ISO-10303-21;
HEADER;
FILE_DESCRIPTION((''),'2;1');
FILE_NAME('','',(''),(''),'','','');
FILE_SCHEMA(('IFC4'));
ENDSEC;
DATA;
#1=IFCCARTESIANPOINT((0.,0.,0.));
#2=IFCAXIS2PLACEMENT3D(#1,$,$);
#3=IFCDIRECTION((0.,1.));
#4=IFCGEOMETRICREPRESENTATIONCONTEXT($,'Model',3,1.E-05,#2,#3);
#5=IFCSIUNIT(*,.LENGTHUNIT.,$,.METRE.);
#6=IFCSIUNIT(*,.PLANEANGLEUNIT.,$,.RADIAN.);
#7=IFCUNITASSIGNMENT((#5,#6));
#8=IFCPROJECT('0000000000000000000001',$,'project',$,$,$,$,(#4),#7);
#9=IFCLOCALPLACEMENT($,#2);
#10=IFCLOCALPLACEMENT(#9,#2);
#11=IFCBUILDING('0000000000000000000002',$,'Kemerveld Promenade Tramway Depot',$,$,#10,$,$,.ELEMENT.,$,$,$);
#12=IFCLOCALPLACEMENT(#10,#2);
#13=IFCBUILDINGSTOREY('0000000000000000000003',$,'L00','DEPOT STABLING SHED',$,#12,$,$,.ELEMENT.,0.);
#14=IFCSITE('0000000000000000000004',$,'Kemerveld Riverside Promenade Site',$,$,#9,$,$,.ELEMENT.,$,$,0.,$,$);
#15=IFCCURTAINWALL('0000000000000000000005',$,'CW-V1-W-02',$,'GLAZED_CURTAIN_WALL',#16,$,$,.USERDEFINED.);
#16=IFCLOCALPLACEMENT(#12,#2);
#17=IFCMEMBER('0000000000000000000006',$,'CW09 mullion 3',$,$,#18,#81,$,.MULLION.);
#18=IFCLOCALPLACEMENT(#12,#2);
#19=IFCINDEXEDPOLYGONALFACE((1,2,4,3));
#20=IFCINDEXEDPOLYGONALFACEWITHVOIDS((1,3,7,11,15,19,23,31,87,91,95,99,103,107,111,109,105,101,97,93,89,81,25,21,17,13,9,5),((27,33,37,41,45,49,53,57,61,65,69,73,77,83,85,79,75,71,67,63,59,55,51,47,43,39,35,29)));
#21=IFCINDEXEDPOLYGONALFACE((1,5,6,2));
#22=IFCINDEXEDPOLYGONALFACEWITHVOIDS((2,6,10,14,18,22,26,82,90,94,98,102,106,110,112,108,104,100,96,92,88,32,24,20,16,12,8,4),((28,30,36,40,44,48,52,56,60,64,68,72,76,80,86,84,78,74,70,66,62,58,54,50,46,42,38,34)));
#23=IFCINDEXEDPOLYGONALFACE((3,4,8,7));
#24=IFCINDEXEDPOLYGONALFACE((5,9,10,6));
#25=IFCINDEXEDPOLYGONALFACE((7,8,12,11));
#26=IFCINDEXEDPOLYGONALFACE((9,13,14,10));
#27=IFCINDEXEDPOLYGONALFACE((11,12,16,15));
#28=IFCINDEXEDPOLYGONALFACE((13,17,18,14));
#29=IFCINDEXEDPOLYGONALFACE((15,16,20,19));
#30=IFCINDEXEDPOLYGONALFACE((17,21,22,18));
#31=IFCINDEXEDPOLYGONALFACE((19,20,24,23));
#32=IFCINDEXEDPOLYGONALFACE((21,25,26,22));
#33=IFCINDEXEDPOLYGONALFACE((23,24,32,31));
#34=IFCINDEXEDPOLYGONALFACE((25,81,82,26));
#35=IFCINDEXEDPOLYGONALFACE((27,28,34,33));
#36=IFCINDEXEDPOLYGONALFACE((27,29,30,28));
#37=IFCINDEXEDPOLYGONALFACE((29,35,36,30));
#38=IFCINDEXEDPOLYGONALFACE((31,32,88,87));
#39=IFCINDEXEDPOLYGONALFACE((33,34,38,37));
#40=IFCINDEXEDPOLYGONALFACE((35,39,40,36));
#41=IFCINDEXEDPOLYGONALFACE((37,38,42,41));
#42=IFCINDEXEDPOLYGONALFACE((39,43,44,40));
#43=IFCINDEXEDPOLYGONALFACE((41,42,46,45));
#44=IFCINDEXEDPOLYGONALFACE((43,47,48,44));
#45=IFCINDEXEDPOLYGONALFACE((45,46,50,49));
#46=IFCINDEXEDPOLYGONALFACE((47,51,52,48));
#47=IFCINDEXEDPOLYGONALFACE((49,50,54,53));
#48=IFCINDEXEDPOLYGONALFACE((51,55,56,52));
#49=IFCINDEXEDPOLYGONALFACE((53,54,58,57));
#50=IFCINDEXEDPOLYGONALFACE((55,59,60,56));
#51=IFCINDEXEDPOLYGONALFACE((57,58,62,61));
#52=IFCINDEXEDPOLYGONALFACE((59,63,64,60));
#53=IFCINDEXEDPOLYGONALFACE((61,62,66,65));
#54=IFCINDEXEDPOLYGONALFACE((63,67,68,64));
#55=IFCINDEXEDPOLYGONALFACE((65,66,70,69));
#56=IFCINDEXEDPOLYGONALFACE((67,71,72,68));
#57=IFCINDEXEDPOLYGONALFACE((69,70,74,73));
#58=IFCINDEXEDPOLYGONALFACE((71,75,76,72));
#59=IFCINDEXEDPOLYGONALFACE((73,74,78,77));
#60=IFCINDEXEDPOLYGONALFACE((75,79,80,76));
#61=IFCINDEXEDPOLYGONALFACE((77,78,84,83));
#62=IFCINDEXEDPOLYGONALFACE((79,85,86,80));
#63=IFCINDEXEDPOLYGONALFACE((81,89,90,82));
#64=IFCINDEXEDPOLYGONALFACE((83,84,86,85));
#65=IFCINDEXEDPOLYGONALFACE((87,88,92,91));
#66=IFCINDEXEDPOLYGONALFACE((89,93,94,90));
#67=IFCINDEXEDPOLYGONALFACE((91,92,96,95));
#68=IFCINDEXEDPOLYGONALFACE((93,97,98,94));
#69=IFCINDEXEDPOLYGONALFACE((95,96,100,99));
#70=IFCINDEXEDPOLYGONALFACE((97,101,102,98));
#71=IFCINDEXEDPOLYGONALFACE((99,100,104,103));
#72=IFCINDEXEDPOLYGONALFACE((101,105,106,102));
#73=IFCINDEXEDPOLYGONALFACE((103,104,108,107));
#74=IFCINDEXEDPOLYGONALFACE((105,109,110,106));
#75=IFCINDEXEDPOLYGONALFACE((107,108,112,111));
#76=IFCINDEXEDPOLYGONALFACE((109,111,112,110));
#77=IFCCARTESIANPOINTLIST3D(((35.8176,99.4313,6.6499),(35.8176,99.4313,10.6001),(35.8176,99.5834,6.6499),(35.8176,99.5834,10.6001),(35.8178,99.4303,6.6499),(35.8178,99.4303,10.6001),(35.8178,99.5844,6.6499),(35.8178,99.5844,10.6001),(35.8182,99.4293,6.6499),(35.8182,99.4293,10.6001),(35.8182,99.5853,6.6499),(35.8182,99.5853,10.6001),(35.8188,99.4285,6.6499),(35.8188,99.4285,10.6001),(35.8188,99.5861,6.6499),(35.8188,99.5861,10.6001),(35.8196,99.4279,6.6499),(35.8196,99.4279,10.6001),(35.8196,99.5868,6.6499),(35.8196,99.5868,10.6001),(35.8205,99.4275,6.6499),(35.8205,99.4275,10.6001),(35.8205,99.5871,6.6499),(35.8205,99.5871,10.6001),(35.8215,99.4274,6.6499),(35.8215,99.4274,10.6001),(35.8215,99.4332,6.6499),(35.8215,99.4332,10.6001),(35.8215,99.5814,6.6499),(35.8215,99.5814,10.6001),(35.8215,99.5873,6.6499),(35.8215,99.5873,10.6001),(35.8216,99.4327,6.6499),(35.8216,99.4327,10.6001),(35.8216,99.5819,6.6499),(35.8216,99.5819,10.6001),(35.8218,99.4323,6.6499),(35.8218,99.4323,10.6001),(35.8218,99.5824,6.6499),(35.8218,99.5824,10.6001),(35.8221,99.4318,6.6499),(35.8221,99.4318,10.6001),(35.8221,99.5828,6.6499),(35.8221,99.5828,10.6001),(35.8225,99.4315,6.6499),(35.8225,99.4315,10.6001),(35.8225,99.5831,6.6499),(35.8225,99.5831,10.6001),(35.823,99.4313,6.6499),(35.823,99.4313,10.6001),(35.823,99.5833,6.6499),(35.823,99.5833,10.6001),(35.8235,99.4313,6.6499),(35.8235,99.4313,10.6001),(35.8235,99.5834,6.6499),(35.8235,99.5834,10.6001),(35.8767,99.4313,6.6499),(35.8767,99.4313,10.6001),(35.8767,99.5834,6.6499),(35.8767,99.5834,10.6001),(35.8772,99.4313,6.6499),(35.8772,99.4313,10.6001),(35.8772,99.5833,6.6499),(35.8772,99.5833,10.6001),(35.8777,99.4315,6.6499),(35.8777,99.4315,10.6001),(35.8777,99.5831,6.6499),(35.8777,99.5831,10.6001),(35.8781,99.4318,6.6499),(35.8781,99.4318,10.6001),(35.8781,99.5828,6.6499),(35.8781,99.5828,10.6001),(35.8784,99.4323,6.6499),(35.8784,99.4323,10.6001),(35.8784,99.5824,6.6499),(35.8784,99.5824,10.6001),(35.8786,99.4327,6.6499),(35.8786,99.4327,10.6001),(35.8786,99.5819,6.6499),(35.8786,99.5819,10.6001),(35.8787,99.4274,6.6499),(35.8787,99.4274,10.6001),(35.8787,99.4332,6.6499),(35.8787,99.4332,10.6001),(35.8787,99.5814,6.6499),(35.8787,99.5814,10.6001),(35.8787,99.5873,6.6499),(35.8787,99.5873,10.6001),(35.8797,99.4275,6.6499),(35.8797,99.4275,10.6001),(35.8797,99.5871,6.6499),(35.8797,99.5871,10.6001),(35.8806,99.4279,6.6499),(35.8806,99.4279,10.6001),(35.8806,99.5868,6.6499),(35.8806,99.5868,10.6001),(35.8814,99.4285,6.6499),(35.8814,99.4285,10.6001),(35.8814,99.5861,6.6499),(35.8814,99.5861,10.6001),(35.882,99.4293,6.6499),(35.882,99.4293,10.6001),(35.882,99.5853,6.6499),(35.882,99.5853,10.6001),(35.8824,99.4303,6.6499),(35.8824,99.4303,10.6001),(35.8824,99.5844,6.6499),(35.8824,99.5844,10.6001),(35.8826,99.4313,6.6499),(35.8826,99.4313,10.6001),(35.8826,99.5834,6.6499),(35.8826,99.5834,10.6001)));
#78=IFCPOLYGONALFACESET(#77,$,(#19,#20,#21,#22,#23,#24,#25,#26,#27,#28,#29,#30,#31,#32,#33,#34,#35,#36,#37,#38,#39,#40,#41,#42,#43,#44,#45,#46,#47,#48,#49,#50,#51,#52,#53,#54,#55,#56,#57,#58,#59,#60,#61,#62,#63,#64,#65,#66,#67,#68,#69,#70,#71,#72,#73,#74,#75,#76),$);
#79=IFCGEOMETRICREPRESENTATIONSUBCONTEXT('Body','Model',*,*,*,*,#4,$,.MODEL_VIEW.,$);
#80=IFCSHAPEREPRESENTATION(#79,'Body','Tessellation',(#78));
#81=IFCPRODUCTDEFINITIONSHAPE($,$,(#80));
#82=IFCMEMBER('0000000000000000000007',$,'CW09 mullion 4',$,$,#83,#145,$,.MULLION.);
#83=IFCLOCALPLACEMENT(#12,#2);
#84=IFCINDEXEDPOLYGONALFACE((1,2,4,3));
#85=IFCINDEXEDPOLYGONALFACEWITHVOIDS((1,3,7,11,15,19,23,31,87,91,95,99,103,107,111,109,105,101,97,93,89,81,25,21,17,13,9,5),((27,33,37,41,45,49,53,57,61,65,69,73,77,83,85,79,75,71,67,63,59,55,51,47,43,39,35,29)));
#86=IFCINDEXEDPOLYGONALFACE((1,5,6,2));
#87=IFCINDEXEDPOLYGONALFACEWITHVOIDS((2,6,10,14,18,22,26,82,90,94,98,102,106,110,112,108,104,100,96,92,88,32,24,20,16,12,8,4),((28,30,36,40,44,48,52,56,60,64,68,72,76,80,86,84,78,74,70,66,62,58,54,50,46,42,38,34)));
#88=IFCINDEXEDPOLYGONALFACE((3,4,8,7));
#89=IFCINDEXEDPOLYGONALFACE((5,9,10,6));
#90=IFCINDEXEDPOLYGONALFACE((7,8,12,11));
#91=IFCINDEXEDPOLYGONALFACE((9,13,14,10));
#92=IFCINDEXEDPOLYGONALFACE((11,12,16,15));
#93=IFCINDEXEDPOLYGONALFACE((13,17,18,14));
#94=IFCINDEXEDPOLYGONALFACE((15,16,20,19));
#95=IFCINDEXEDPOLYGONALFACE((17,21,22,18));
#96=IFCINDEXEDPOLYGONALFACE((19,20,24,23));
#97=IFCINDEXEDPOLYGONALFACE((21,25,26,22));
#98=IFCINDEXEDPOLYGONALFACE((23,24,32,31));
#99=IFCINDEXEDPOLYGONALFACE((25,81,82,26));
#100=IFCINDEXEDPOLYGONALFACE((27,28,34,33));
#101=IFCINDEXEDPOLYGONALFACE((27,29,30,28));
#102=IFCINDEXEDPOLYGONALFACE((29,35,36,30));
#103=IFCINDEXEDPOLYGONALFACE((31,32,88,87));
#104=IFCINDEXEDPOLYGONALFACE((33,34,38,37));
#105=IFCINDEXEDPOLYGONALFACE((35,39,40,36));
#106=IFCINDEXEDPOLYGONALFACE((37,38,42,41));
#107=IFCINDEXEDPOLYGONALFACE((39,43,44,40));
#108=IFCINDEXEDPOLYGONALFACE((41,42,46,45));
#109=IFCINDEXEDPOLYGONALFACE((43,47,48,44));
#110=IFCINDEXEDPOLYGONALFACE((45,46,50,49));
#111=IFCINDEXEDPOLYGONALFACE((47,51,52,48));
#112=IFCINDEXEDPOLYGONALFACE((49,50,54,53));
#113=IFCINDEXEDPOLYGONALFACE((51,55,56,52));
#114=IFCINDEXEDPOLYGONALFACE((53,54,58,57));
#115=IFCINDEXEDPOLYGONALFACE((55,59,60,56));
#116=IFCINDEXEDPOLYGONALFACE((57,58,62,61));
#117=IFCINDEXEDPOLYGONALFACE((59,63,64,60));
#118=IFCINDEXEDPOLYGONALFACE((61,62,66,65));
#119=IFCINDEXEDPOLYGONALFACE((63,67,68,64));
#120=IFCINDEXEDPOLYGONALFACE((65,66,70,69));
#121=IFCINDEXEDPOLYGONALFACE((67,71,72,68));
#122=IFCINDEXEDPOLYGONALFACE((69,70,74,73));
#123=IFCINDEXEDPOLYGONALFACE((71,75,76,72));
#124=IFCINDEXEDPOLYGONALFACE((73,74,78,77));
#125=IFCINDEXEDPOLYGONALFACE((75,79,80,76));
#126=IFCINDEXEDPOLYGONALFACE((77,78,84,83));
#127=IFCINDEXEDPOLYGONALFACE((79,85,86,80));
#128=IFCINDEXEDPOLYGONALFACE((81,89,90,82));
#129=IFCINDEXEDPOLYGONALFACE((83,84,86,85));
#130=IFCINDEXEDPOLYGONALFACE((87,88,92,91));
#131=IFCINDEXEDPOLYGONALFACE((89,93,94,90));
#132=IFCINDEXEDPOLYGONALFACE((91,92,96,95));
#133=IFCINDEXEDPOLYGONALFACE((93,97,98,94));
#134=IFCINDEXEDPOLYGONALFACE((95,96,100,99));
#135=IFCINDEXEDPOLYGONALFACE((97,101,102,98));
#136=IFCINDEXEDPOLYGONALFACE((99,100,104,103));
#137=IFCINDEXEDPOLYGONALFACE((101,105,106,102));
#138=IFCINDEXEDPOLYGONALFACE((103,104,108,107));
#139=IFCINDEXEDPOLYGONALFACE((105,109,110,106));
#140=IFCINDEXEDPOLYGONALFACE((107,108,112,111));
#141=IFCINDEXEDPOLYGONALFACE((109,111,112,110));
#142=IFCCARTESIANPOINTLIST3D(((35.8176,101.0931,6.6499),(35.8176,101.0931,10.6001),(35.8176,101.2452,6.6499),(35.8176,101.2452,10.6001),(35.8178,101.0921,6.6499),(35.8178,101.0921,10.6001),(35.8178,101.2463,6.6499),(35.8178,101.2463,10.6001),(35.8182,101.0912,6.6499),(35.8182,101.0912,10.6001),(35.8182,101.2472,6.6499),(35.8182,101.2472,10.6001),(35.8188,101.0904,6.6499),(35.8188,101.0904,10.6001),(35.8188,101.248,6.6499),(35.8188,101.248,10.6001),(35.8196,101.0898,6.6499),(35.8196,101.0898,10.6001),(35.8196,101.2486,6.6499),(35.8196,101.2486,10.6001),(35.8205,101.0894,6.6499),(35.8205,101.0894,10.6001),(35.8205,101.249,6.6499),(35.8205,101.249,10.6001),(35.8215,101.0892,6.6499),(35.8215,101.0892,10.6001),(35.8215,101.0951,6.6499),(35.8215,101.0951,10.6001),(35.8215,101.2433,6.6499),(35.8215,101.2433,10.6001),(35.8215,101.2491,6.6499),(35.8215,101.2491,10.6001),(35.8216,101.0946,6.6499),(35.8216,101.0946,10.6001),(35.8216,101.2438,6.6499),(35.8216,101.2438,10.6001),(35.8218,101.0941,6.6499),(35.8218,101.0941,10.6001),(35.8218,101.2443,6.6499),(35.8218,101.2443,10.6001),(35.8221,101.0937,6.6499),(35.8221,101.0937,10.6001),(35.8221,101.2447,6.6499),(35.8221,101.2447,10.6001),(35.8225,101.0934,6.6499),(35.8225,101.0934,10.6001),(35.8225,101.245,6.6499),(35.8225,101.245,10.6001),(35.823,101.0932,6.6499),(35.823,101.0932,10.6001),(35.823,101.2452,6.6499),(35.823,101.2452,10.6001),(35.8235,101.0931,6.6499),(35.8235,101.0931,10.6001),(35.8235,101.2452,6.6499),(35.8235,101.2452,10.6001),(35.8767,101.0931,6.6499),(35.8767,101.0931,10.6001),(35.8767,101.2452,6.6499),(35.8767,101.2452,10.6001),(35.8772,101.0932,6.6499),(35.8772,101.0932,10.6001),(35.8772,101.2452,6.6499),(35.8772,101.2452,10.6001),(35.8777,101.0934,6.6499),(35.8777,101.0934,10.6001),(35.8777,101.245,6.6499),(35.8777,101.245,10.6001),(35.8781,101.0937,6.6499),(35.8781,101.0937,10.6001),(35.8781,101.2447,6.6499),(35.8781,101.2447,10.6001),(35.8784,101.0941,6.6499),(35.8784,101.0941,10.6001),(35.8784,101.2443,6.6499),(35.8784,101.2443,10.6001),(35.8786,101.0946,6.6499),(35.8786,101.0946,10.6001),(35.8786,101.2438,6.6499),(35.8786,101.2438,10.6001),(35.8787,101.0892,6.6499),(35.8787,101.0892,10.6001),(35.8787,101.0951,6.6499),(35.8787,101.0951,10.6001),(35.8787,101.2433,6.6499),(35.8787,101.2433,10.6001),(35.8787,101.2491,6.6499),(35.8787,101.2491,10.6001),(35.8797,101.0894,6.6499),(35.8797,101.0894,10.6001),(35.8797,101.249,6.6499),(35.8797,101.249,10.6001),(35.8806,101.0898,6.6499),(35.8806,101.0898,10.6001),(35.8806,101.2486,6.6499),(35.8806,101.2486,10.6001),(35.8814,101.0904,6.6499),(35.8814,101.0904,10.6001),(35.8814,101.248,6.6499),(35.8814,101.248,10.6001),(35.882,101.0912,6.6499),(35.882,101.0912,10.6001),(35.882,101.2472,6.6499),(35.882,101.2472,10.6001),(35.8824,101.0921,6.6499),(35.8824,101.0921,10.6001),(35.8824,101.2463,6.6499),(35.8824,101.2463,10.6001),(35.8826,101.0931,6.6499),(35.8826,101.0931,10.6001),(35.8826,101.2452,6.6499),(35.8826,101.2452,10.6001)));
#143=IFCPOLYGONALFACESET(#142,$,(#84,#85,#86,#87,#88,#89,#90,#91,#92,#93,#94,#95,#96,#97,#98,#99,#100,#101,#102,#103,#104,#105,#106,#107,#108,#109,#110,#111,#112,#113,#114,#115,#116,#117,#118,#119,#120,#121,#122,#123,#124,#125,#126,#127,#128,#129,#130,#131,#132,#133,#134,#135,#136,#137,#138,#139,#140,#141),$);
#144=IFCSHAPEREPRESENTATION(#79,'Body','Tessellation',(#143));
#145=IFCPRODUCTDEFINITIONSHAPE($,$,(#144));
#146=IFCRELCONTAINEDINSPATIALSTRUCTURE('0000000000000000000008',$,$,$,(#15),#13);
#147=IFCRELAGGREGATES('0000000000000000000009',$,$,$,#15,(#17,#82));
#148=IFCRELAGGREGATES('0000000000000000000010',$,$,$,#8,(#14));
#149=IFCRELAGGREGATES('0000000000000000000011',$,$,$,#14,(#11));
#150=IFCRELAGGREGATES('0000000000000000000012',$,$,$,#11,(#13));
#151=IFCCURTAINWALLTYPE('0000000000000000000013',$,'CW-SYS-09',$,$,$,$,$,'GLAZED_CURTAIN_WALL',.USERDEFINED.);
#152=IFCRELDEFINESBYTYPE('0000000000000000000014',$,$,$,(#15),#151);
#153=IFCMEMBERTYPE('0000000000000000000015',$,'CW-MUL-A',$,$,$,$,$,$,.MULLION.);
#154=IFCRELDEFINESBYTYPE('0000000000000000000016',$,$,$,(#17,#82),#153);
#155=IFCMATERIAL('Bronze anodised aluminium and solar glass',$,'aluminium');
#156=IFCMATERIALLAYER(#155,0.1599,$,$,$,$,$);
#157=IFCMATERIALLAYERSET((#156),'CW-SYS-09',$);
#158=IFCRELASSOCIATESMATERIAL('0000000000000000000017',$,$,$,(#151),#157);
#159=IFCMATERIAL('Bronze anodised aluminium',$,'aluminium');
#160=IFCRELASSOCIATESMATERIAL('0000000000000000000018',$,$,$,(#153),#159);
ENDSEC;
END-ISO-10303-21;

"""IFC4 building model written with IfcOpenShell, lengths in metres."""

from ifc_helpers import new_model, si_unit, direction, frame, origin, origin_2d, place, context, subcontext, project, spatial, hollow_rectangle, extrude, material, layer, layer_set, material_profile, profile_set, type_object, element, aggregate, save


model = new_model("IFC4")

# Units and contexts
model_context = context("Model", 3, precision=1e-05, world=origin(), true_north=direction((0.0, 1.0)))
body_context = subcontext(model_context, "Body", "Model", "MODEL_VIEW")
ifc_project = project(units=[si_unit("LENGTHUNIT", "METRE"), si_unit("PLANEANGLEUNIT", "RADIAN")], contexts=[model_context])

# Site, building, storey
site_placement = place(None, origin())
site = spatial("IfcSite", under=ifc_project, at=site_placement, Name="Kemerveld Riverside Promenade Site", CompositionType="ELEMENT", RefElevation=0.0)
building_placement = place(site_placement, origin())
building = spatial("IfcBuilding", under=site, at=building_placement, Name="Kemerveld Promenade Tramway Depot", CompositionType="ELEMENT")
storey_placement = place(building_placement, origin())
storey = spatial("IfcBuildingStorey", under=building, at=storey_placement, Name="L00", Description="DEPOT STABLING SHED", CompositionType="ELEMENT", Elevation=0.0)

# Curtain wall, members
ifc_material_1 = material(Name="Bronze anodised aluminium and solar glass", Category="aluminium")
ifc_layer_1 = layer(ifc_material_1, 0.1599)
ifc_layer_set_1 = layer_set([ifc_layer_1], Name="CW-SYS-09")
curtain_wall_type_1 = type_object("IfcCurtainWallType", Name="CW-SYS-09", ElementType="GLAZED_CURTAIN_WALL", PredefinedType="USERDEFINED", material=ifc_layer_set_1)
curtain_wall_1_placement = place(storey_placement, origin())
curtain_wall_1 = element("IfcCurtainWall", 1, at=curtain_wall_1_placement, inside=storey, type_object=curtain_wall_type_1, Name="CW-V1-W-02", ObjectType="GLAZED_CURTAIN_WALL", PredefinedType="USERDEFINED")
ifc_material_2 = material(Name="Bronze anodised aluminium", Category="aluminium")
ifc_material_profile_1 = material_profile(ifc_material_2, hollow_rectangle(XDim=0.0649, YDim=0.1599, WallThickness=0.0039, InnerFilletRadius=0.002, OuterFilletRadius=0.0039, at=origin_2d()), Name="CW-MUL-160x65")
ifc_profile_set_1 = profile_set([ifc_material_profile_1], Name="Bronze anodised aluminium")
member_type_1 = type_object("IfcMemberType", Name="CW-MUL-A", PredefinedType="MULLION", material=ifc_profile_set_1)
member_1_placement = place(storey_placement, frame((35.8501, 99.5073, 6.6499), z_axis=(0.0, 0.0, 1.0), x_axis=(-1.0, 0.0, 0.0)))
member_1 = element("IfcMember", 2, at=member_1_placement, type_object=member_type_1, Name="CW09 mullion 3", PredefinedType="MULLION", context=body_context, shape_type="SweptSolid", body=[
    extrude(hollow_rectangle(XDim=0.0649, YDim=0.1599, WallThickness=0.0039, InnerFilletRadius=0.002, OuterFilletRadius=0.0039, at=origin_2d()), origin(), (0.0, 0.0, 1.0), 3.9502),
])
member_2_placement = place(storey_placement, frame((35.8501, 101.1692, 6.6499), z_axis=(0.0, 0.0, 1.0), x_axis=(-1.0, 0.0, 0.0)))
member_2 = element("IfcMember", 3, at=member_2_placement, type_object=member_type_1, Name="CW09 mullion 4", PredefinedType="MULLION", context=body_context, shape_type="SweptSolid", body=[
    extrude(hollow_rectangle(XDim=0.0649, YDim=0.1599, WallThickness=0.0039, InnerFilletRadius=0.002, OuterFilletRadius=0.0039, at=origin_2d()), origin(), (0.0, 0.0, 1.0), 3.9502),
])

aggregate(curtain_wall_1, [member_1, member_2])

save(model, "model.ifc")
